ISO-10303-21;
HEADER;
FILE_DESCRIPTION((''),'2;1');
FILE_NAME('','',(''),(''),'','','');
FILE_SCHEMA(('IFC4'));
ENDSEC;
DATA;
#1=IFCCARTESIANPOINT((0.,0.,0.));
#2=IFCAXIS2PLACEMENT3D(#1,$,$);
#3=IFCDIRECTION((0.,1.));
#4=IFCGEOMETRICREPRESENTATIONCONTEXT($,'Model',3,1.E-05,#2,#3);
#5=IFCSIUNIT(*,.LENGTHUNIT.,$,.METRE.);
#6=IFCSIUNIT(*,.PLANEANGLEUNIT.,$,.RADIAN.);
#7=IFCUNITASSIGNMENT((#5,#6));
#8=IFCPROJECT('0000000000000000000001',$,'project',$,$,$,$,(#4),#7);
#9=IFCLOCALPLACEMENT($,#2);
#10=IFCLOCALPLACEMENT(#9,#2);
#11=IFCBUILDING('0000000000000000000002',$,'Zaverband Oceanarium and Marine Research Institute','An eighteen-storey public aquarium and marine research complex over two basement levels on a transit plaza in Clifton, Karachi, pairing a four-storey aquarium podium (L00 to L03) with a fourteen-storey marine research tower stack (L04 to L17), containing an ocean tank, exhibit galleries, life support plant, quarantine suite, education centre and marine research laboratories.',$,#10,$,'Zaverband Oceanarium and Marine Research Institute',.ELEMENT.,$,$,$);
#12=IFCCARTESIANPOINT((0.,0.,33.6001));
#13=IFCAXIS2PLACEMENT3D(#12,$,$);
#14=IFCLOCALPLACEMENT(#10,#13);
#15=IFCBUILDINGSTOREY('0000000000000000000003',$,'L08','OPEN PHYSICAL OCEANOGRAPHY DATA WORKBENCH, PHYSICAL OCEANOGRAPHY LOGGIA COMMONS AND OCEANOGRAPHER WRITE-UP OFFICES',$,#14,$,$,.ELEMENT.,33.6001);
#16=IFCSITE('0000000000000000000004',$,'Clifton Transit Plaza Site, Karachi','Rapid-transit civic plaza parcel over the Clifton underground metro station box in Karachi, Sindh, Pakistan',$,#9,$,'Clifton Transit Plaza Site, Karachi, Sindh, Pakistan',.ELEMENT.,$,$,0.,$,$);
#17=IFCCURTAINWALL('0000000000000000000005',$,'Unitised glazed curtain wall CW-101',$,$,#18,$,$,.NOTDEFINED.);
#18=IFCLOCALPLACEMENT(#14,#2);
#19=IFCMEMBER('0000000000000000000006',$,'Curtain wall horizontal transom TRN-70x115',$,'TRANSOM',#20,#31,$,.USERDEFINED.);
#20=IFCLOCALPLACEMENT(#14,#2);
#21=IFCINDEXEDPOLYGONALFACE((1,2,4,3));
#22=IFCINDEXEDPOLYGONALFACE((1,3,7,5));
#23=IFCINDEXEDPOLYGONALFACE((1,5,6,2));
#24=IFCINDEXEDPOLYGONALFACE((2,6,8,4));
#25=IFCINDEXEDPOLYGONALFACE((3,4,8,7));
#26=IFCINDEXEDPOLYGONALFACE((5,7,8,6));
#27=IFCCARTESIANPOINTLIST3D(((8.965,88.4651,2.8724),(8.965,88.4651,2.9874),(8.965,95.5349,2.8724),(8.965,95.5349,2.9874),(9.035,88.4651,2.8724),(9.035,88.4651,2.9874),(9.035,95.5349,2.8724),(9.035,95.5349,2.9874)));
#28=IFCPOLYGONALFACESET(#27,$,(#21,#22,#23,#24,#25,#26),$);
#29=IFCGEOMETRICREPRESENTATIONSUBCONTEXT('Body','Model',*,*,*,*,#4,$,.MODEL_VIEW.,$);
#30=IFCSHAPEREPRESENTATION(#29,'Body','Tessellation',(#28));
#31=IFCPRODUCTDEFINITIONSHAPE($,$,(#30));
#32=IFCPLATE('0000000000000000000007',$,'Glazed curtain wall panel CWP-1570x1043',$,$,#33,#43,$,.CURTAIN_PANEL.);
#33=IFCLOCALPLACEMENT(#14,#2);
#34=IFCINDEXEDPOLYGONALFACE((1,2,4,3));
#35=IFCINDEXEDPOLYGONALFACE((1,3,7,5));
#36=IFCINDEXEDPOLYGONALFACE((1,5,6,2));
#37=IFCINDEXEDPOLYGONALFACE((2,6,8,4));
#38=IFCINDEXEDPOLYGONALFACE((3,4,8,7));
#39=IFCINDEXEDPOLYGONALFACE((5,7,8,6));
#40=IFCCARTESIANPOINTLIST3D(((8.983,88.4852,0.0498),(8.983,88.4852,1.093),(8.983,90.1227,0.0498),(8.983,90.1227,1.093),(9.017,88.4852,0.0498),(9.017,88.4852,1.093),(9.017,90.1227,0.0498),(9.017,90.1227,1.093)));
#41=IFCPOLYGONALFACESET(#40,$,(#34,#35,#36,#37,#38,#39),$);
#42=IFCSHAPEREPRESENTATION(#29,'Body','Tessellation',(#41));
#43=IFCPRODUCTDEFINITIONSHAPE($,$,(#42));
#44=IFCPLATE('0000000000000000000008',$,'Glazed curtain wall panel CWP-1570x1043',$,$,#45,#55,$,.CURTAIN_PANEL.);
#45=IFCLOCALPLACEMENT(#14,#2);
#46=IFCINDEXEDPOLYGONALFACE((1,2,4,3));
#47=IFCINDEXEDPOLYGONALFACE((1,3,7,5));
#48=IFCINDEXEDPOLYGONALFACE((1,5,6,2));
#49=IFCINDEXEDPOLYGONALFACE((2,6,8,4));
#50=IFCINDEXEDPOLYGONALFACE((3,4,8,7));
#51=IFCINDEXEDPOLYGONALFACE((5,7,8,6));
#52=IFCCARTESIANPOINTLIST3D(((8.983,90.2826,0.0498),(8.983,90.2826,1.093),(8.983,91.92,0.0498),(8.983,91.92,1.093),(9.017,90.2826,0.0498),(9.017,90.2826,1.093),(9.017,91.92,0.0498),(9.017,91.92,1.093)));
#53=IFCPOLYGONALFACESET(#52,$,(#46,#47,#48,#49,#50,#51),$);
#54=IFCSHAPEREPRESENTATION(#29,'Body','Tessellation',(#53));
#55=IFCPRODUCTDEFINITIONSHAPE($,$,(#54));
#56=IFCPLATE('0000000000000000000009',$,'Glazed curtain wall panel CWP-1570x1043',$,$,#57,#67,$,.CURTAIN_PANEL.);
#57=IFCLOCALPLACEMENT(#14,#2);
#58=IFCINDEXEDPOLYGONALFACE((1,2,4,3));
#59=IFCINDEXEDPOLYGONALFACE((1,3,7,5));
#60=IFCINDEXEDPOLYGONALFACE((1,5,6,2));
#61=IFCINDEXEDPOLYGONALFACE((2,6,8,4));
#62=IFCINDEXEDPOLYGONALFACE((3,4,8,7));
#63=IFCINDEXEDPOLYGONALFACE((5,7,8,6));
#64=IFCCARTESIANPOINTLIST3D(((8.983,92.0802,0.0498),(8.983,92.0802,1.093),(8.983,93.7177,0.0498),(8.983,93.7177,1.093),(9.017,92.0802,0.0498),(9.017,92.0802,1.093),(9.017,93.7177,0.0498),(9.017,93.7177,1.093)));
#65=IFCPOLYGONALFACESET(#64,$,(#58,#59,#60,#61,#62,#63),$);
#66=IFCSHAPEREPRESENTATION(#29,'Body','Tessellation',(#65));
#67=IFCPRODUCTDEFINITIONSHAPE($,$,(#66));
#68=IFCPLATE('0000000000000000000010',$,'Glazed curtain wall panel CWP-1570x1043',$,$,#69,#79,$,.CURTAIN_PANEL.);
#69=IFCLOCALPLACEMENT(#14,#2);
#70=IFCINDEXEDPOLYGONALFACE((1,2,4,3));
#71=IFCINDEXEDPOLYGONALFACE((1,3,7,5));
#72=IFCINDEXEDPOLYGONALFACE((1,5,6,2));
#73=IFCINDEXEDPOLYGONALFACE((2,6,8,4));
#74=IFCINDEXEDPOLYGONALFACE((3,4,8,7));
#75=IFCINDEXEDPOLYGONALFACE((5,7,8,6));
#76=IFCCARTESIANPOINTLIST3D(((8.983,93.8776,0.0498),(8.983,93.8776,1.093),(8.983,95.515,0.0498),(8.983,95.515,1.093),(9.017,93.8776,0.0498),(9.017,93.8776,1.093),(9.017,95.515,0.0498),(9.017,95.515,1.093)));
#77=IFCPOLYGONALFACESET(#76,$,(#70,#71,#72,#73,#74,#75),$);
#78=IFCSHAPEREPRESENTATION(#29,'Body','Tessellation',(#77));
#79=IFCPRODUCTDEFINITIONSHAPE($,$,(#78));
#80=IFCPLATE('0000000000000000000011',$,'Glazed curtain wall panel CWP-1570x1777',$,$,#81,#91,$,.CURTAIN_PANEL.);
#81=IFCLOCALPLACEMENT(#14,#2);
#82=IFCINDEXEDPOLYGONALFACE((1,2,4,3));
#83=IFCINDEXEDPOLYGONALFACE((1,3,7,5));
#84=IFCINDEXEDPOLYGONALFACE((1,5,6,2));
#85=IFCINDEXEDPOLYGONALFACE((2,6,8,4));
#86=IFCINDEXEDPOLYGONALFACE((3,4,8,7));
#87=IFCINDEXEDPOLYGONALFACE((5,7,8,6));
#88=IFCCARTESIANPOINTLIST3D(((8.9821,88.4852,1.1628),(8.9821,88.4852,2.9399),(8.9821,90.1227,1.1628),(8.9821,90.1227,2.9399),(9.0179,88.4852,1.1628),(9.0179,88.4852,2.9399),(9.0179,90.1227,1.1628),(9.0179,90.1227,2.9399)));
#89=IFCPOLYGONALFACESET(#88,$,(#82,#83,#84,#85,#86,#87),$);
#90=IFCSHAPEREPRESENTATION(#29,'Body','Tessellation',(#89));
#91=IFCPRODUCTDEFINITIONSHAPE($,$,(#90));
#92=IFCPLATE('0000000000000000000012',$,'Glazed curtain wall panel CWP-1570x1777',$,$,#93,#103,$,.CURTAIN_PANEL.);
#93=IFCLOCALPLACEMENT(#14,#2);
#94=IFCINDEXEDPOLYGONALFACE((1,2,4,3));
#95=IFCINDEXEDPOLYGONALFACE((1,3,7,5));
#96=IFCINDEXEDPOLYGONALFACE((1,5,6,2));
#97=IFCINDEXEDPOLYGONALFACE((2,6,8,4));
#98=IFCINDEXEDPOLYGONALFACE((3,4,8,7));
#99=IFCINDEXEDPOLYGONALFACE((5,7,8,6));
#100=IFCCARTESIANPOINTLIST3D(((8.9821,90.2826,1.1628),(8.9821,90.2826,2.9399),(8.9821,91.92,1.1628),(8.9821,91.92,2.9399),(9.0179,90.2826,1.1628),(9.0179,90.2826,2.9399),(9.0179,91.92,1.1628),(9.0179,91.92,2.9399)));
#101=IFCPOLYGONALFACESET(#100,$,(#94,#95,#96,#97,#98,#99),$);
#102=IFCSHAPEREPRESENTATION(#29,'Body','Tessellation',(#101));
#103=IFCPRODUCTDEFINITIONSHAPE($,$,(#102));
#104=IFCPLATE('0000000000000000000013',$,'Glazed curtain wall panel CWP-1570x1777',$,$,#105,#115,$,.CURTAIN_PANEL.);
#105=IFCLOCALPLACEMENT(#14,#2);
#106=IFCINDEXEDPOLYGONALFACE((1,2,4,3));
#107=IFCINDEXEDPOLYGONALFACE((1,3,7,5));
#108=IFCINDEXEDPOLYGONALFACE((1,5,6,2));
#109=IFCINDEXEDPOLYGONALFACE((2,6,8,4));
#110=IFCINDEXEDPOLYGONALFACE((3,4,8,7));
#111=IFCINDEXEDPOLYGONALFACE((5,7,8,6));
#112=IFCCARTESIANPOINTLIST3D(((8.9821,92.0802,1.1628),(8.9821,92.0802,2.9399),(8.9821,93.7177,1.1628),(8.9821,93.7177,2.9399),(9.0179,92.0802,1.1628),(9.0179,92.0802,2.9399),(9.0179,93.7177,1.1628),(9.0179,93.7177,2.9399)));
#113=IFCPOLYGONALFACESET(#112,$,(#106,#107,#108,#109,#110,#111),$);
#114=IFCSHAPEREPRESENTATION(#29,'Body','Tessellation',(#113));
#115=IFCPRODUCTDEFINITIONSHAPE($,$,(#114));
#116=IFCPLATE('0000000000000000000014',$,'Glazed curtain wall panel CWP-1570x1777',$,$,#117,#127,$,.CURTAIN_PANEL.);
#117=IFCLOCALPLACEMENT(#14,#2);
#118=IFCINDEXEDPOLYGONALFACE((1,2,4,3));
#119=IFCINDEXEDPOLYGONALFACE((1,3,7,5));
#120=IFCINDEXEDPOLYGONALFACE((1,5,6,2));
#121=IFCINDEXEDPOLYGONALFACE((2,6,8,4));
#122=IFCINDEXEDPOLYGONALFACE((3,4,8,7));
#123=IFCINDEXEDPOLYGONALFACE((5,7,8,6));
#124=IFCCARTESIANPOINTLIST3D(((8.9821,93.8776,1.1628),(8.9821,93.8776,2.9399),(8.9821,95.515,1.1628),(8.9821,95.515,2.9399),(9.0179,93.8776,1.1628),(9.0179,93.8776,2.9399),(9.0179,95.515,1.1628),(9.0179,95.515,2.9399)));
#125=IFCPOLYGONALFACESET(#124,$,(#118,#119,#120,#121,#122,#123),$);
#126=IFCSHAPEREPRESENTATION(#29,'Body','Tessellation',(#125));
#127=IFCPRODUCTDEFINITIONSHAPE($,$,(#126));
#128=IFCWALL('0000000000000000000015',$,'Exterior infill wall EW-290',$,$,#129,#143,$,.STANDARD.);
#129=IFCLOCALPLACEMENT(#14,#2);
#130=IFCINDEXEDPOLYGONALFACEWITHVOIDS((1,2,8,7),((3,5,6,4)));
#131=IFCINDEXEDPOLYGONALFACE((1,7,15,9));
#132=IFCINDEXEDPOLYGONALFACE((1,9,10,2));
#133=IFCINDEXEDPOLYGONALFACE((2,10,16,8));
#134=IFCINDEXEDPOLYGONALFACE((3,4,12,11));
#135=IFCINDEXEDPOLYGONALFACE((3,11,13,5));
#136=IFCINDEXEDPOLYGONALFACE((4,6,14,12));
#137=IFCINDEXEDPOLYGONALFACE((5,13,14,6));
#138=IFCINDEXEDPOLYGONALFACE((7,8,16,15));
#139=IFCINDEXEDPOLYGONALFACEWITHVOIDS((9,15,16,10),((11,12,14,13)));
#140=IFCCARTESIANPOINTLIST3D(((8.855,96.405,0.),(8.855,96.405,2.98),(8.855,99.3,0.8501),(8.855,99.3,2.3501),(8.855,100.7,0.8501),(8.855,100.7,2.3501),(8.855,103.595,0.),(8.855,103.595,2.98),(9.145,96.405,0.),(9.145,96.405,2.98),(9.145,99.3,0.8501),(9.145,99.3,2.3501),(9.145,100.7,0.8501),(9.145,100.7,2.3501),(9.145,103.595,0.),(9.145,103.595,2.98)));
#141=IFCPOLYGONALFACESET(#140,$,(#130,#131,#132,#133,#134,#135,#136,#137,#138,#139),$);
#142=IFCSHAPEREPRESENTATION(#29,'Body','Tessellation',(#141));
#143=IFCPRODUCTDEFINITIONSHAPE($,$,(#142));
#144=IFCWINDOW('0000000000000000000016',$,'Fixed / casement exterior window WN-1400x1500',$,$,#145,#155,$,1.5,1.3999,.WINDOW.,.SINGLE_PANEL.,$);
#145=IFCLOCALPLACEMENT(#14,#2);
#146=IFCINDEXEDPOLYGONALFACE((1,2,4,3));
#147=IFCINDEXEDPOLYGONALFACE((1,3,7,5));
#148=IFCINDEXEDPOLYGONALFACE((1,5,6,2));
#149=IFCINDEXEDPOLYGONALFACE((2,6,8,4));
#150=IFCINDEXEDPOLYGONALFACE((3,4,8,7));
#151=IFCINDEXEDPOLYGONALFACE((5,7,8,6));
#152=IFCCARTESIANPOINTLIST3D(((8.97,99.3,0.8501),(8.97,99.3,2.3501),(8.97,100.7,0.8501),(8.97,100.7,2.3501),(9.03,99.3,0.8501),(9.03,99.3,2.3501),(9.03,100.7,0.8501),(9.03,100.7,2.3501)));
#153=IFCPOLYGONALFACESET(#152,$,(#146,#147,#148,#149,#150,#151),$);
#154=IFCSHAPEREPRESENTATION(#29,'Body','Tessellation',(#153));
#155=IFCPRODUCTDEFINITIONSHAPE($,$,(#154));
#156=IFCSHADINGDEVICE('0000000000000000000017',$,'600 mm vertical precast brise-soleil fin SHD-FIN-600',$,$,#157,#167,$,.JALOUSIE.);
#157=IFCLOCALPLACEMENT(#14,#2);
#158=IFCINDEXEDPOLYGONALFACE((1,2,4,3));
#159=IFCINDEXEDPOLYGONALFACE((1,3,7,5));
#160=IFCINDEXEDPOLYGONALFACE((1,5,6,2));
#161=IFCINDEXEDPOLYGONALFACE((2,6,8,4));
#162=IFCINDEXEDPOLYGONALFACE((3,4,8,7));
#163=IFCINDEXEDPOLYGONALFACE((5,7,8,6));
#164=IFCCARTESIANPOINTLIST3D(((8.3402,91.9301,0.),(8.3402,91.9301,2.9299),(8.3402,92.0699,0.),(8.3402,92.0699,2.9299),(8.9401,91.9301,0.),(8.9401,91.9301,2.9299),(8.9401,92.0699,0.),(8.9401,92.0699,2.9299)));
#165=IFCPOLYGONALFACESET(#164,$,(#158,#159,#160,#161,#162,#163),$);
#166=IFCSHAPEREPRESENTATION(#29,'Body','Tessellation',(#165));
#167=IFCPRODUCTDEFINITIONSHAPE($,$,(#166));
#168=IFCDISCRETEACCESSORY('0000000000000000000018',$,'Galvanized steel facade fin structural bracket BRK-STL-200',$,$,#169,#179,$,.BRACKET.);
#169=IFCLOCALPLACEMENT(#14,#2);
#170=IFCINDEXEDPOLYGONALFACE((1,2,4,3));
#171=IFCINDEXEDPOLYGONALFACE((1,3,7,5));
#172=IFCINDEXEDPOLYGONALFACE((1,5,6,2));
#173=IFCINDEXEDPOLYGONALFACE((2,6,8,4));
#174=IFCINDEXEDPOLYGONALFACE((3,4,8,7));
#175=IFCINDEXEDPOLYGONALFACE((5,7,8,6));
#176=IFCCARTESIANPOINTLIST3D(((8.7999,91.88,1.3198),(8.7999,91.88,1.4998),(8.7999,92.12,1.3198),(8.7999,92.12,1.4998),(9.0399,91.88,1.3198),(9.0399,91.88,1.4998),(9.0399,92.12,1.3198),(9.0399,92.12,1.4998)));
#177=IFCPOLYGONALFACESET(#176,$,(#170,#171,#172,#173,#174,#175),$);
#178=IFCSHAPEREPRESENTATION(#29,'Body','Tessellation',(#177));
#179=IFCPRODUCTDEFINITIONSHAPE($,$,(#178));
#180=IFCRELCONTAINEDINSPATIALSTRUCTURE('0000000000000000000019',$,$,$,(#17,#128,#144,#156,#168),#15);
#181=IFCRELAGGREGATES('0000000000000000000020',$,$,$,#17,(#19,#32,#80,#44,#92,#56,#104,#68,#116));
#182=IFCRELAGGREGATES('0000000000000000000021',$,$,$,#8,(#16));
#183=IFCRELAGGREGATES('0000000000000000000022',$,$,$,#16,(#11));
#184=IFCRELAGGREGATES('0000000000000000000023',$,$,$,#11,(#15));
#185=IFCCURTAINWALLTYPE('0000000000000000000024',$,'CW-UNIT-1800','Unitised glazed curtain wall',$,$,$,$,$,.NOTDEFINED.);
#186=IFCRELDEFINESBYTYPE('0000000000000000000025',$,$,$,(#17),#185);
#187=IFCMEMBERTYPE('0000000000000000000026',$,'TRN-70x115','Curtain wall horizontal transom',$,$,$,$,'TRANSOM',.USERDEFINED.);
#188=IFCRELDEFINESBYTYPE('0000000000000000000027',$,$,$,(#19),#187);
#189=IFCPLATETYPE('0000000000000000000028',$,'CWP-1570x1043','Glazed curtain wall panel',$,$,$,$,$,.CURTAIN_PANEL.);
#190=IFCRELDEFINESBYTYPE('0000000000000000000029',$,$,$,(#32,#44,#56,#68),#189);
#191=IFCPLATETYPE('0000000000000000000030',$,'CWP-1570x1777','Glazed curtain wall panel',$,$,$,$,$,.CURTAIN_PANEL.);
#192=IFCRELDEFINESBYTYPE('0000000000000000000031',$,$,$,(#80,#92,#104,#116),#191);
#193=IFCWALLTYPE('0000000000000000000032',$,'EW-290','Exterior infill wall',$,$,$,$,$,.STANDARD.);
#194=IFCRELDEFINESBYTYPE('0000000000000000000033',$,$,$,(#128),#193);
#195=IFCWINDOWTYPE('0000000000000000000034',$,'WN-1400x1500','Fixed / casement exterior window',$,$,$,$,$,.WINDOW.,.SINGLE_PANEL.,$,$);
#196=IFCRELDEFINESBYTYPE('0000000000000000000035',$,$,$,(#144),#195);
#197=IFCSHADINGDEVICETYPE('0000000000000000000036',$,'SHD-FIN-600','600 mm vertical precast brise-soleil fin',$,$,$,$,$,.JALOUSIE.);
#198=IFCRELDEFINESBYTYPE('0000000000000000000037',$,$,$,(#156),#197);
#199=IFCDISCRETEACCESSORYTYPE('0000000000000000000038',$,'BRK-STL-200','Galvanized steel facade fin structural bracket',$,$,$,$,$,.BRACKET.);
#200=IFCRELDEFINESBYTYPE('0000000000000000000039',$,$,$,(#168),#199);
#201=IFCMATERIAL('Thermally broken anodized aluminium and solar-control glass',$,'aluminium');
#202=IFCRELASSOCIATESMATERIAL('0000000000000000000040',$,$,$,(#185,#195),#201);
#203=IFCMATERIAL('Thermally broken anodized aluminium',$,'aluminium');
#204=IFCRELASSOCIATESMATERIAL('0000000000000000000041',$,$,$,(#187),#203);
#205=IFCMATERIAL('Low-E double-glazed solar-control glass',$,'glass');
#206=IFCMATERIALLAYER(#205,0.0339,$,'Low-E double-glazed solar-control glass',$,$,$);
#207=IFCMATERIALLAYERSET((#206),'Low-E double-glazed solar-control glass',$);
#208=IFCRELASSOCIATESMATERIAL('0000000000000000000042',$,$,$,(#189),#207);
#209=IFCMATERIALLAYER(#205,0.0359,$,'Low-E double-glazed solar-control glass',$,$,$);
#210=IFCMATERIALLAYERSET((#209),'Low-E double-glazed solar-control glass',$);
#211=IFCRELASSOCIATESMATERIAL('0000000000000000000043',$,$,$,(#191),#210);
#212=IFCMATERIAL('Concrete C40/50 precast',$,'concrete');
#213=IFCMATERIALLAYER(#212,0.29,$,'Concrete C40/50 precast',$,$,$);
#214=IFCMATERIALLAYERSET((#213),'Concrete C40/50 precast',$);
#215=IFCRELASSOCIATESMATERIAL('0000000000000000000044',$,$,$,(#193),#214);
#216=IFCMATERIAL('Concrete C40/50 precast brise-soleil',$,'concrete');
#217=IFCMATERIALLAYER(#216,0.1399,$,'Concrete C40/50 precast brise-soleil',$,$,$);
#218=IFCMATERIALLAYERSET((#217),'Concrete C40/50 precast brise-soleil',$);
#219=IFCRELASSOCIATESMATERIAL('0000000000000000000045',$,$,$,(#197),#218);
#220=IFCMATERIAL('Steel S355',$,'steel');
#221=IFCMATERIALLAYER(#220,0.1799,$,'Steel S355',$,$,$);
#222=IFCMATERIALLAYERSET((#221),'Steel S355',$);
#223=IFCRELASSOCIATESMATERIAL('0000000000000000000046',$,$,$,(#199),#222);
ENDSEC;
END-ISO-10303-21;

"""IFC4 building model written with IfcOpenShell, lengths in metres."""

from ifc_helpers import new_model, si_unit, direction, frame, frame_2d, origin, origin_2d, place, context, subcontext, project, spatial, rectangle, extrude, material, layer, layer_set, material_profile, profile_set, type_object, element, fill, aggregate, save


model = new_model("IFC4")

# Units and contexts
model_context = context("Model", 3, precision=1e-05, world=origin(), true_north=direction((0.0, 1.0)))
body_context = subcontext(model_context, "Body", "Model", "MODEL_VIEW")
ifc_project = project(units=[si_unit("LENGTHUNIT", "METRE"), si_unit("PLANEANGLEUNIT", "RADIAN")], contexts=[model_context])

# Site, building, storey
site_placement = place(None, origin())
site = spatial("IfcSite", under=ifc_project, at=site_placement, Name="Clifton Transit Plaza Site, Karachi", Description="Rapid-transit civic plaza parcel over the Clifton underground metro station box in Karachi, Sindh, Pakistan", LongName="Clifton Transit Plaza Site, Karachi, Sindh, Pakistan", CompositionType="ELEMENT", RefElevation=0.0)
building_placement = place(site_placement, origin())
building = spatial("IfcBuilding", under=site, at=building_placement, Name="Zaverband Oceanarium and Marine Research Institute", Description="An eighteen-storey public aquarium and marine research complex over two basement levels on a transit plaza in Clifton, Karachi, pairing a four-storey aquarium podium (L00 to L03) with a fourteen-storey marine research tower stack (L04 to L17), containing an ocean tank, exhibit galleries, life support plant, quarantine suite, education centre and marine research laboratories.", LongName="Zaverband Oceanarium and Marine Research Institute", CompositionType="ELEMENT")
storey_placement = place(building_placement, frame((0.0, 0.0, 33.6001)))
storey = spatial("IfcBuildingStorey", under=building, at=storey_placement, Name="L08", Description="OPEN PHYSICAL OCEANOGRAPHY DATA WORKBENCH, PHYSICAL OCEANOGRAPHY LOGGIA COMMONS AND OCEANOGRAPHER WRITE-UP OFFICES", CompositionType="ELEMENT", Elevation=33.6001)

# Curtain wall
ifc_material_1 = material(Name="Thermally broken anodized aluminium and solar-control glass", Category="aluminium")
curtain_wall_type = type_object("IfcCurtainWallType", Name="CW-UNIT-1800", Description="Unitised glazed curtain wall", PredefinedType="NOTDEFINED", material=ifc_material_1)
curtain_wall_placement = place(storey_placement, origin())
curtain_wall = element("IfcCurtainWall", 1, at=curtain_wall_placement, inside=storey, type_object=curtain_wall_type, Name="Unitised glazed curtain wall CW-101", PredefinedType="NOTDEFINED")
ifc_material_2 = material(Name="Thermally broken anodized aluminium", Category="aluminium")

# Member
ifc_material_profile_1 = material_profile(ifc_material_2, rectangle(XDim=0.0701, YDim=0.115, at=origin_2d()), Name="AL-TRN-70x115")
ifc_profile_set_1 = profile_set([ifc_material_profile_1], Name="Thermally broken anodized aluminium")
member_type_1 = type_object("IfcMemberType", Name="TRN-70x115", Description="Curtain wall horizontal transom", ElementType="TRANSOM", PredefinedType="USERDEFINED", material=ifc_profile_set_1)
member_1_placement = place(storey_placement, frame((9.0, 88.4651, 2.9299), z_axis=(0.0, 1.0, 0.0), x_axis=(-1.0, 0.0, 0.0)))
member_1 = element("IfcMember", 2, at=member_1_placement, type_object=member_type_1, Name="Curtain wall horizontal transom TRN-70x115", ObjectType="TRANSOM", PredefinedType="USERDEFINED", context=body_context, shape_type="SweptSolid", body=[
    extrude(rectangle(XDim=0.0701, YDim=0.115, at=origin_2d()), origin(), (0.0, 0.0, 1.0), 7.0698),
])

# Plates
ifc_material_3 = material(Name="Low-E double-glazed solar-control glass", Category="glass")
ifc_layer_1 = layer(ifc_material_3, 0.0339, Name="Low-E double-glazed solar-control glass")
ifc_layer_set_1 = layer_set([ifc_layer_1], Name="Low-E double-glazed solar-control glass")
plate_type_1 = type_object("IfcPlateType", Name="CWP-1570x1043", Description="Glazed curtain wall panel", PredefinedType="CURTAIN_PANEL", material=ifc_layer_set_1)
plate_1_placement = place(storey_placement, frame((9.0, 88.4851, 0.0498), z_axis=(0.0, 0.0, 1.0), x_axis=(0.0, 1.0, 0.0)))
plate_1 = element("IfcPlate", 3, at=plate_1_placement, type_object=plate_type_1, Name="Glazed curtain wall panel CWP-1570x1043", PredefinedType="CURTAIN_PANEL", context=body_context, shape_type="SweptSolid", body=[
    extrude(rectangle(XDim=1.6375, YDim=0.0339, at=frame_2d((0.8188, 0.0))), origin(), (0.0, 0.0, 1.0), 1.0432),
])
plate_2_placement = place(storey_placement, frame((9.0, 90.2825, 0.0498), z_axis=(0.0, 0.0, 1.0), x_axis=(0.0, 1.0, 0.0)))
plate_2 = element("IfcPlate", 4, at=plate_2_placement, type_object=plate_type_1, Name="Glazed curtain wall panel CWP-1570x1043", PredefinedType="CURTAIN_PANEL", context=body_context, shape_type="SweptSolid", body=[
    extrude(rectangle(XDim=1.6375, YDim=0.0339, at=frame_2d((0.8188, 0.0))), origin(), (0.0, 0.0, 1.0), 1.0432),
])
plate_3_placement = place(storey_placement, frame((9.0, 92.0801, 0.0498), z_axis=(0.0, 0.0, 1.0), x_axis=(0.0, 1.0, 0.0)))
plate_3 = element("IfcPlate", 5, at=plate_3_placement, type_object=plate_type_1, Name="Glazed curtain wall panel CWP-1570x1043", PredefinedType="CURTAIN_PANEL", context=body_context, shape_type="SweptSolid", body=[
    extrude(rectangle(XDim=1.6375, YDim=0.0339, at=frame_2d((0.8188, 0.0))), origin(), (0.0, 0.0, 1.0), 1.0432),
])
plate_4_placement = place(storey_placement, frame((9.0, 93.8774, 0.0498), z_axis=(0.0, 0.0, 1.0), x_axis=(0.0, 1.0, 0.0)))
plate_4 = element("IfcPlate", 6, at=plate_4_placement, type_object=plate_type_1, Name="Glazed curtain wall panel CWP-1570x1043", PredefinedType="CURTAIN_PANEL", context=body_context, shape_type="SweptSolid", body=[
    extrude(rectangle(XDim=1.6375, YDim=0.0339, at=frame_2d((0.8188, 0.0))), origin(), (0.0, 0.0, 1.0), 1.0432),
])
ifc_layer_2 = layer(ifc_material_3, 0.0359, Name="Low-E double-glazed solar-control glass")
ifc_layer_set_2 = layer_set([ifc_layer_2], Name="Low-E double-glazed solar-control glass")
plate_type_2 = type_object("IfcPlateType", Name="CWP-1570x1777", Description="Glazed curtain wall panel", PredefinedType="CURTAIN_PANEL", material=ifc_layer_set_2)
plate_5_placement = place(storey_placement, frame((9.0, 88.4851, 1.1628), z_axis=(0.0, 0.0, 1.0), x_axis=(0.0, 1.0, 0.0)))
plate_5 = element("IfcPlate", 7, at=plate_5_placement, type_object=plate_type_2, Name="Glazed curtain wall panel CWP-1570x1777", PredefinedType="CURTAIN_PANEL", context=body_context, shape_type="SweptSolid", body=[
    extrude(rectangle(XDim=1.6375, YDim=0.0359, at=frame_2d((0.8188, 0.0))), origin(), (0.0, 0.0, 1.0), 1.7771),
])
plate_6_placement = place(storey_placement, frame((9.0, 90.2825, 1.1628), z_axis=(0.0, 0.0, 1.0), x_axis=(0.0, 1.0, 0.0)))
plate_6 = element("IfcPlate", 8, at=plate_6_placement, type_object=plate_type_2, Name="Glazed curtain wall panel CWP-1570x1777", PredefinedType="CURTAIN_PANEL", context=body_context, shape_type="SweptSolid", body=[
    extrude(rectangle(XDim=1.6375, YDim=0.0359, at=frame_2d((0.8188, 0.0))), origin(), (0.0, 0.0, 1.0), 1.7771),
])
plate_7_placement = place(storey_placement, frame((9.0, 92.0801, 1.1628), z_axis=(0.0, 0.0, 1.0), x_axis=(0.0, 1.0, 0.0)))
plate_7 = element("IfcPlate", 9, at=plate_7_placement, type_object=plate_type_2, Name="Glazed curtain wall panel CWP-1570x1777", PredefinedType="CURTAIN_PANEL", context=body_context, shape_type="SweptSolid", body=[
    extrude(rectangle(XDim=1.6375, YDim=0.0359, at=frame_2d((0.8188, 0.0))), origin(), (0.0, 0.0, 1.0), 1.7771),
])
plate_8_placement = place(storey_placement, frame((9.0, 93.8774, 1.1628), z_axis=(0.0, 0.0, 1.0), x_axis=(0.0, 1.0, 0.0)))
plate_8 = element("IfcPlate", 10, at=plate_8_placement, type_object=plate_type_2, Name="Glazed curtain wall panel CWP-1570x1777", PredefinedType="CURTAIN_PANEL", context=body_context, shape_type="SweptSolid", body=[
    extrude(rectangle(XDim=1.6375, YDim=0.0359, at=frame_2d((0.8188, 0.0))), origin(), (0.0, 0.0, 1.0), 1.7771),
])
aggregate(curtain_wall, [member_1, plate_1, plate_5, plate_2, plate_6, plate_3, plate_7, plate_4, plate_8])

# Wall, opening, window
ifc_material_4 = material(Name="Concrete C40/50 precast", Category="concrete")
ifc_layer_3 = layer(ifc_material_4, 0.29, Name="Concrete C40/50 precast")
ifc_layer_set_3 = layer_set([ifc_layer_3], Name="Concrete C40/50 precast")
wall_type = type_object("IfcWallType", Name="EW-290", Description="Exterior infill wall", PredefinedType="STANDARD", material=ifc_layer_set_3)
wall_placement = place(storey_placement, frame((9.0, 96.405, 0.0), z_axis=(0.0, 0.0, 1.0), x_axis=(0.0, 1.0, 0.0)))
wall = element("IfcWall", 11, at=wall_placement, inside=storey, type_object=wall_type, Name="Exterior infill wall EW-290", PredefinedType="STANDARD", context=body_context, shape_type="SweptSolid", body=[
    extrude(rectangle(XDim=7.1899, YDim=0.29, at=frame_2d((3.595, 0.0))), origin(), (0.0, 0.0, 1.0), 2.98),
])
opening_placement = place(wall_placement, frame((2.895, 0.0, 0.8501)))
opening = element("IfcOpeningElement", 12, at=opening_placement, cuts=wall, PredefinedType="OPENING", context=body_context, shape_type="SweptSolid", body=[
    extrude(rectangle(XDim=1.3999, YDim=1.5, at=frame_2d((0.7, 0.75))), frame((0.0, 0.157, 0.0), z_axis=(0.0, -1.0, 0.0), x_axis=(1.0, 0.0, 0.0)), (0.0, 0.0, 1.0), 0.314),
])
window_type = type_object("IfcWindowType", Name="WN-1400x1500", Description="Fixed / casement exterior window", PartitioningType="SINGLE_PANEL", PredefinedType="WINDOW", material=ifc_material_1)
window_placement = place(opening_placement, origin())
window = element("IfcWindow", 13, at=window_placement, inside=storey, type_object=window_type, Name="Fixed / casement exterior window WN-1400x1500", OverallHeight=1.5, OverallWidth=1.3999, PartitioningType="SINGLE_PANEL", PredefinedType="WINDOW", context=body_context, shape_type="SweptSolid", body=[
    extrude(rectangle(XDim=1.3999, YDim=1.5, at=frame_2d((0.7, 0.75))), frame((0.0, 0.03, 0.0), z_axis=(0.0, -1.0, 0.0), x_axis=(1.0, 0.0, 0.0)), (0.0, 0.0, 1.0), 0.0601),
])
fill(opening, window)

# Shading device
ifc_material_5 = material(Name="Concrete C40/50 precast brise-soleil", Category="concrete")
ifc_layer_4 = layer(ifc_material_5, 0.1399, Name="Concrete C40/50 precast brise-soleil")
ifc_layer_set_4 = layer_set([ifc_layer_4], Name="Concrete C40/50 precast brise-soleil")
shading_device_type = type_object("IfcShadingDeviceType", Name="SHD-FIN-600", Description="600 mm vertical precast brise-soleil fin", PredefinedType="JALOUSIE", material=ifc_layer_set_4)
shading_device_placement = place(storey_placement, frame((8.9399, 92.0, 0.0), z_axis=(0.0, 0.0, 1.0), x_axis=(-1.0, 0.0, 0.0)))
element("IfcShadingDevice", 14, at=shading_device_placement, inside=storey, type_object=shading_device_type, Name="600 mm vertical precast brise-soleil fin SHD-FIN-600", PredefinedType="JALOUSIE", context=body_context, shape_type="SweptSolid", body=[
    extrude(rectangle(XDim=0.5999, YDim=0.1399, at=frame_2d((0.2998, 0.0))), origin(), (0.0, 0.0, 1.0), 2.9299),
])

# Discrete accessory
ifc_material_6 = material(Name="Steel S355", Category="steel")
ifc_layer_5 = layer(ifc_material_6, 0.1799, Name="Steel S355")
ifc_layer_set_5 = layer_set([ifc_layer_5], Name="Steel S355")
discrete_accessory_type = type_object("IfcDiscreteAccessoryType", Name="BRK-STL-200", Description="Galvanized steel facade fin structural bracket", PredefinedType="BRACKET", material=ifc_layer_set_5)
discrete_accessory_placement = place(storey_placement, frame((8.9199, 92.0, 1.3198), z_axis=(0.0, 0.0, 1.0), x_axis=(1.0, 0.0, 0.0)))
element("IfcDiscreteAccessory", 15, at=discrete_accessory_placement, inside=storey, type_object=discrete_accessory_type, Name="Galvanized steel facade fin structural bracket BRK-STL-200", PredefinedType="BRACKET", context=body_context, shape_type="SweptSolid", body=[
    extrude(rectangle(XDim=0.24, YDim=0.24, at=origin_2d()), origin(), (0.0, 0.0, 1.0), 0.1799),
])

save(model, "model.ifc")
